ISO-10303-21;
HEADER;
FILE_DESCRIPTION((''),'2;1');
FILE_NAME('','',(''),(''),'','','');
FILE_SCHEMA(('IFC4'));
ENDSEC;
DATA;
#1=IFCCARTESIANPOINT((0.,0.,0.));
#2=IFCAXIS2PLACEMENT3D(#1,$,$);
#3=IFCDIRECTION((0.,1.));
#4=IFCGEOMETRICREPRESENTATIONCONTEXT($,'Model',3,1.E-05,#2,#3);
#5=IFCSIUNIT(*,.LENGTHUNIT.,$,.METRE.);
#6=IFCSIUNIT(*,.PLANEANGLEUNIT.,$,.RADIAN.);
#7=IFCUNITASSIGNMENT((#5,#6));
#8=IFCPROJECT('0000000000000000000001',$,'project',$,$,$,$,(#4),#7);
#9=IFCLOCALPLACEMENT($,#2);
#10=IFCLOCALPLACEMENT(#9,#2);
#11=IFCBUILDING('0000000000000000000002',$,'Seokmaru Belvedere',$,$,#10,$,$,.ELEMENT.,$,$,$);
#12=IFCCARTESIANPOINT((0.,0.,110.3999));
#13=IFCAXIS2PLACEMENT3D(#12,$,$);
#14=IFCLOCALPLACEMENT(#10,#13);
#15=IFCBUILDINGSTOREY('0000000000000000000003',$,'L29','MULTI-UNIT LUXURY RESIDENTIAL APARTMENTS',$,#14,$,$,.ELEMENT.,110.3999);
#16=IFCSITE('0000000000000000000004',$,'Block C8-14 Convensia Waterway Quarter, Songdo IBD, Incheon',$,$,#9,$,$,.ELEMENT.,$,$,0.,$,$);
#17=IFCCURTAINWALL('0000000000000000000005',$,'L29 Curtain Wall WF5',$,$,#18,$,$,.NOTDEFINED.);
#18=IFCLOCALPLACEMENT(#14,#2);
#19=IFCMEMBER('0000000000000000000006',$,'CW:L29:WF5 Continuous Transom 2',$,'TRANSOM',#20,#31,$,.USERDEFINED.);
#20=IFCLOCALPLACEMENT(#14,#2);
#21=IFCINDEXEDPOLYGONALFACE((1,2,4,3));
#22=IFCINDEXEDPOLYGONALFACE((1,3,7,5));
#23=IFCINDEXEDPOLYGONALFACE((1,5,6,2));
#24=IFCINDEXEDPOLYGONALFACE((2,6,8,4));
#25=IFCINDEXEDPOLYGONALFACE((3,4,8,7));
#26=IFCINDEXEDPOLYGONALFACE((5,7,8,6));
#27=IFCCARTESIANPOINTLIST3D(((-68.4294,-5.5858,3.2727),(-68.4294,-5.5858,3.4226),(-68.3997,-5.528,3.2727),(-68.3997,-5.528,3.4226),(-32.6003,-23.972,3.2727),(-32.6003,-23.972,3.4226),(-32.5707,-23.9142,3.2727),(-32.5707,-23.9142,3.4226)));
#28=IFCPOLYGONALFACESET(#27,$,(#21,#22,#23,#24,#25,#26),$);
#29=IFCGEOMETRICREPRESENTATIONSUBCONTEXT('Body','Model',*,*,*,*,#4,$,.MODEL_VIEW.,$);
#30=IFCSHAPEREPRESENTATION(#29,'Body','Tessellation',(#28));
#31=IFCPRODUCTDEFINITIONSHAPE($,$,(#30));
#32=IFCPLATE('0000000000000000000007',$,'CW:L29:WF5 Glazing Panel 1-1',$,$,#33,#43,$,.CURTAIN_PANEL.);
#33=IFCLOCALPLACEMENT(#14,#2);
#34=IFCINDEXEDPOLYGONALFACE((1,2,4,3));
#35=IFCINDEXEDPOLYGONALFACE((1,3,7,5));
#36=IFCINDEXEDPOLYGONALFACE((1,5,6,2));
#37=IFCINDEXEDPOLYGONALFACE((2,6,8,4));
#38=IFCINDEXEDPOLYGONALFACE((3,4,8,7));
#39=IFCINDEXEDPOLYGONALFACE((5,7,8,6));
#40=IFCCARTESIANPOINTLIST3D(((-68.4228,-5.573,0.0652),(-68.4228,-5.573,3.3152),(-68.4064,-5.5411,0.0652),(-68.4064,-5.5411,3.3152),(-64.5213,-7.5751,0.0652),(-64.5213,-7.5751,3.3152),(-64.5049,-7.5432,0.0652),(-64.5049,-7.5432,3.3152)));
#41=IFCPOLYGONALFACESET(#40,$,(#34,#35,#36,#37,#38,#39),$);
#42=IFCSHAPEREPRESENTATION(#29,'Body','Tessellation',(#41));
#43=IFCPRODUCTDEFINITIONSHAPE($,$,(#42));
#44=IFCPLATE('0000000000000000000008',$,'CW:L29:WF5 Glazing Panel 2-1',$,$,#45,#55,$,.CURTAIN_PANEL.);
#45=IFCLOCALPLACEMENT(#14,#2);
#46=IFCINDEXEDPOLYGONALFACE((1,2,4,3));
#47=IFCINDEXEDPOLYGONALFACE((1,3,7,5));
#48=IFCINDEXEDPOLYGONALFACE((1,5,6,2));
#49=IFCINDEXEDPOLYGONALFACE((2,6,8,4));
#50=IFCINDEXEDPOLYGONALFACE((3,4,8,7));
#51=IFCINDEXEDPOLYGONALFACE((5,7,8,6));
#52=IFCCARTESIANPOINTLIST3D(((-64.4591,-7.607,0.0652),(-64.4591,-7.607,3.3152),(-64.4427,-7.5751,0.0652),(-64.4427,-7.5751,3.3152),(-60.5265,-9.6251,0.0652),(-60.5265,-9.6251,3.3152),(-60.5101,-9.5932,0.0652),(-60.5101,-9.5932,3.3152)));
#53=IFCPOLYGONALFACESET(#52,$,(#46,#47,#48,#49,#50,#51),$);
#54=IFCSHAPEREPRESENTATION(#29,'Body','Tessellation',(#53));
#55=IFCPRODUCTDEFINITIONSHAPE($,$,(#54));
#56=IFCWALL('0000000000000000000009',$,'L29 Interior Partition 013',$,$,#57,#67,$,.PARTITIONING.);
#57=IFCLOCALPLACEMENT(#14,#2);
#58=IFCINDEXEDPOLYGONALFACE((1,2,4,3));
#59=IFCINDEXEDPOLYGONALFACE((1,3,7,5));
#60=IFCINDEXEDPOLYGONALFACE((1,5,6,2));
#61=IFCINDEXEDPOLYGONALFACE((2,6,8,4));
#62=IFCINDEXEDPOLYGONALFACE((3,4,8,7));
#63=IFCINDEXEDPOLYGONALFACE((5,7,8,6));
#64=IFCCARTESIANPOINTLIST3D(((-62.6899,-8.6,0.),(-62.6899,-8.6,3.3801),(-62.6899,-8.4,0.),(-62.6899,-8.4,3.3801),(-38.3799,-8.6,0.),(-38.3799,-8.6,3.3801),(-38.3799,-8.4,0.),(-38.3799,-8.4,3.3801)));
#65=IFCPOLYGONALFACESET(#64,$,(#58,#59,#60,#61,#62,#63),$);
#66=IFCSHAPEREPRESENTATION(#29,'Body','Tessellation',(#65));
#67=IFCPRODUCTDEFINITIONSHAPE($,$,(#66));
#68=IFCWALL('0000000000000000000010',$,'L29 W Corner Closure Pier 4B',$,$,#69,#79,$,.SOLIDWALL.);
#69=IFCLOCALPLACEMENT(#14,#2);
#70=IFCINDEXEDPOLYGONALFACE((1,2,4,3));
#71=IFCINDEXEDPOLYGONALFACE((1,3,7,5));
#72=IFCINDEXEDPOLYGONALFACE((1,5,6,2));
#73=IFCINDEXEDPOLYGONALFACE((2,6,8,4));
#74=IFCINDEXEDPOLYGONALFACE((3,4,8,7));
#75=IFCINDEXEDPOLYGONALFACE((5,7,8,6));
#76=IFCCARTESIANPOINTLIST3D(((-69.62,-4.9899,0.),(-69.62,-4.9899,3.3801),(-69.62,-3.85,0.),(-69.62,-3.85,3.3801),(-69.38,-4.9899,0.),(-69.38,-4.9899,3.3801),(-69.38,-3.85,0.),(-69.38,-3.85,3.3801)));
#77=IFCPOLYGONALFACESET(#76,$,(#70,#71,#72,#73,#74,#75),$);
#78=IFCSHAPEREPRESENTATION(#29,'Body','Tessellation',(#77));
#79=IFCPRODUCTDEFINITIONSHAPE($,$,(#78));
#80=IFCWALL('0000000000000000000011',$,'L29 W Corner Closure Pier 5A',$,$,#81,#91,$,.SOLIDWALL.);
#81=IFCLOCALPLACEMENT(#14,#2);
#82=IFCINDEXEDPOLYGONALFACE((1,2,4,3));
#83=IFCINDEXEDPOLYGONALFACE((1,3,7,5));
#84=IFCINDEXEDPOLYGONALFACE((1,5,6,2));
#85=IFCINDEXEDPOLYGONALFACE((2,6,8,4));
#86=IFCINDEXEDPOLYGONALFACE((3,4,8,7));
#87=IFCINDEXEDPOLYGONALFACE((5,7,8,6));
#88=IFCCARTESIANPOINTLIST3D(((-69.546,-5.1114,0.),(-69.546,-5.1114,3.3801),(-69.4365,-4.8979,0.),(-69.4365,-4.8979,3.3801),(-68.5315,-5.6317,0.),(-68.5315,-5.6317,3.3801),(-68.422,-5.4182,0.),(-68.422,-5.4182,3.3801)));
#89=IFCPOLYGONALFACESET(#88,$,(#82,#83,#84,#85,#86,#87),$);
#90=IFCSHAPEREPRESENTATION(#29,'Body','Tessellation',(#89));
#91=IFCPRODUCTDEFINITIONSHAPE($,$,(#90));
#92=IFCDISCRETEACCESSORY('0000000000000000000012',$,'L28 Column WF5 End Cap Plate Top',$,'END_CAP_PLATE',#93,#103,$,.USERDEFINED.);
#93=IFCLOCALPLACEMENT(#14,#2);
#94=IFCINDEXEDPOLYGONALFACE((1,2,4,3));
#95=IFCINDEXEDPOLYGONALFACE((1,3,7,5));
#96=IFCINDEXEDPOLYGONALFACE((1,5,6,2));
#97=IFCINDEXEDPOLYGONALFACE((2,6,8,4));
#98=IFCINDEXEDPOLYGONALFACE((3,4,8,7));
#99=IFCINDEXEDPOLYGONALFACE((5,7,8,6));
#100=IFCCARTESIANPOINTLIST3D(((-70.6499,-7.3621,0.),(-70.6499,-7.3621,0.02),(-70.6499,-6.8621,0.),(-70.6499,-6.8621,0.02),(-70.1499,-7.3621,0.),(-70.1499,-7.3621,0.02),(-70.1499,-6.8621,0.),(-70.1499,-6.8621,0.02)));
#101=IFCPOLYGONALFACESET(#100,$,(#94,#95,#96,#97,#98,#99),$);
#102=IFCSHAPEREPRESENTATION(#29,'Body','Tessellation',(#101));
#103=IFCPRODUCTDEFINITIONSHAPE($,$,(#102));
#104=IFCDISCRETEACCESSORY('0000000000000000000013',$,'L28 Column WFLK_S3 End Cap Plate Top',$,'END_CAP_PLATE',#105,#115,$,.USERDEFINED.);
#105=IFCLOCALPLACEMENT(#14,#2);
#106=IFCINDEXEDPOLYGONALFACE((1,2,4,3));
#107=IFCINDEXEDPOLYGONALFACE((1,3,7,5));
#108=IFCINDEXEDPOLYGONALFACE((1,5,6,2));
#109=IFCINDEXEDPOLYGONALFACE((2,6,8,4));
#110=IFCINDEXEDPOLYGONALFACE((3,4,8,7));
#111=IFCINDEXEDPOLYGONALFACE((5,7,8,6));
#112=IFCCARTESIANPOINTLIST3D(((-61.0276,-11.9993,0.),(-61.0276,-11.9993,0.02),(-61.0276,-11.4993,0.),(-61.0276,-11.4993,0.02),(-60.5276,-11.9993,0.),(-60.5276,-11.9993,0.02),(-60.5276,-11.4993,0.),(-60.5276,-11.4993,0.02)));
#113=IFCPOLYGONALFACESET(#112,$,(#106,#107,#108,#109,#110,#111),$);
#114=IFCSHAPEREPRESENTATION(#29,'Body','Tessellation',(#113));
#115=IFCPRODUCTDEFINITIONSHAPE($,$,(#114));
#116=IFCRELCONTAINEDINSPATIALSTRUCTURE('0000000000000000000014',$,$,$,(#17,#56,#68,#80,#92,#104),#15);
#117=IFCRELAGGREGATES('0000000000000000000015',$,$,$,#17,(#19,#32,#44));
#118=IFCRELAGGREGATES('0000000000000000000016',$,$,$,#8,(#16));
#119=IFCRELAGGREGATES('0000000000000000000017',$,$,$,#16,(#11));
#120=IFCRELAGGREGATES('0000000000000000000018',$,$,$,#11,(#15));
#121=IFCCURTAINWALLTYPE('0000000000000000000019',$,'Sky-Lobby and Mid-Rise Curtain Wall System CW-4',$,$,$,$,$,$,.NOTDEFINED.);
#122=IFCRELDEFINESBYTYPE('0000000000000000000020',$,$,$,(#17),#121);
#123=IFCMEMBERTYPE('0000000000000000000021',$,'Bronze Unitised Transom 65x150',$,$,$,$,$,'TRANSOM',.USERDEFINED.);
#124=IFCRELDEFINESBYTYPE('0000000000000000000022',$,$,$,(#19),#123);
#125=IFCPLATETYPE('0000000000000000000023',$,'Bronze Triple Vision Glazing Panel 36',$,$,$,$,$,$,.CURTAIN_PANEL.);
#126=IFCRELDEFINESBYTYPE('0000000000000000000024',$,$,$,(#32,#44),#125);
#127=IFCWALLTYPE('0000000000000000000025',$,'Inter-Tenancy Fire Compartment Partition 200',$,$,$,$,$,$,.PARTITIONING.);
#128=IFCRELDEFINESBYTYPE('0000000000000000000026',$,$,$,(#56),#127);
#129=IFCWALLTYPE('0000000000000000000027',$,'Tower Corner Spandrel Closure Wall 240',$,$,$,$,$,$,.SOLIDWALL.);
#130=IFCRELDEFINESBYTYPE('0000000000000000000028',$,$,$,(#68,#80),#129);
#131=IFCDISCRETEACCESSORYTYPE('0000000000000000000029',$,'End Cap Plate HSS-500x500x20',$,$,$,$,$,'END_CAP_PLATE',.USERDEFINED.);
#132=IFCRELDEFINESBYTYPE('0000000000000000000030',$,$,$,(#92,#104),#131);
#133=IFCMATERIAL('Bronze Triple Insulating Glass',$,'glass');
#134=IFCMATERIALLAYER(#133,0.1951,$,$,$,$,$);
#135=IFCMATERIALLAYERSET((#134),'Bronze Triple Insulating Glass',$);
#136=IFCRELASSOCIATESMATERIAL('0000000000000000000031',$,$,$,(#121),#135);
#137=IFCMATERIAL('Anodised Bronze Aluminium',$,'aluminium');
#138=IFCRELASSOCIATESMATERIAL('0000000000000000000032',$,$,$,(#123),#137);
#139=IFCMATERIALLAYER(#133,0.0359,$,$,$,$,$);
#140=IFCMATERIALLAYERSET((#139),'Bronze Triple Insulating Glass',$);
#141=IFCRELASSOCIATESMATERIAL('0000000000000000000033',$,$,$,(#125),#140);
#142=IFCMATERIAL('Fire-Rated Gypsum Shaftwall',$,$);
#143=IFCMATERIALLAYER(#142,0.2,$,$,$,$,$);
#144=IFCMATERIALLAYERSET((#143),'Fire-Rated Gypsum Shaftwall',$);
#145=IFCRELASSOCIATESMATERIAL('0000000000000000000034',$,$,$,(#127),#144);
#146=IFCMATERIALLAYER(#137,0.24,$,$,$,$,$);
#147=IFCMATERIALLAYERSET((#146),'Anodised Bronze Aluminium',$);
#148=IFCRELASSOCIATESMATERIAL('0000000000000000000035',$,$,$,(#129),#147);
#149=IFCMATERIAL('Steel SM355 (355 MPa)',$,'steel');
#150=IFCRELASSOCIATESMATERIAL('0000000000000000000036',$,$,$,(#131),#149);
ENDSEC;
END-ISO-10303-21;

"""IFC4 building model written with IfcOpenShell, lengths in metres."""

from ifc_helpers import new_model, si_unit, direction, frame, frame_2d, origin, origin_2d, place, context, subcontext, project, spatial, rectangle, extrude, source, transform, mapped, material, layer, layer_set, material_profile, profile_set, type_object, type_shapes, element, aggregate, save


model = new_model("IFC4")

# Units and contexts
model_context = context("Model", 3, precision=1e-05, world=origin(), true_north=direction((0.0, 1.0)))
body_context = subcontext(model_context, "Body", "Model", "MODEL_VIEW")
ifc_project = project(units=[si_unit("LENGTHUNIT", "METRE"), si_unit("PLANEANGLEUNIT", "RADIAN")], contexts=[model_context])

# Site, building, storey
site_placement = place(None, origin())
site = spatial("IfcSite", under=ifc_project, at=site_placement, Name="Block C8-14 Convensia Waterway Quarter, Songdo IBD, Incheon", CompositionType="ELEMENT", RefElevation=0.0)
building_placement = place(site_placement, origin())
building = spatial("IfcBuilding", under=site, at=building_placement, Name="Seokmaru Belvedere", CompositionType="ELEMENT")
storey_placement = place(building_placement, frame((0.0, 0.0, 110.3999)))
storey = spatial("IfcBuildingStorey", under=building, at=storey_placement, Name="L29", Description="MULTI-UNIT LUXURY RESIDENTIAL APARTMENTS", CompositionType="ELEMENT", Elevation=110.3999)

# Shared definitions
ifc_material_1 = material(Name="Steel SM355 (355 MPa)", Category="steel")

# Curtain wall, member, plates
ifc_material_2 = material(Name="Bronze Triple Insulating Glass", Category="glass")
ifc_layer_1 = layer(ifc_material_2, 0.1951)
ifc_layer_set_1 = layer_set([ifc_layer_1], Name="Bronze Triple Insulating Glass")
curtain_wall_type = type_object("IfcCurtainWallType", Name="Sky-Lobby and Mid-Rise Curtain Wall System CW-4", PredefinedType="NOTDEFINED", material=ifc_layer_set_1)
curtain_wall_placement = place(storey_placement, origin())
curtain_wall = element("IfcCurtainWall", 1, at=curtain_wall_placement, inside=storey, type_object=curtain_wall_type, Name="L29 Curtain Wall WF5", PredefinedType="NOTDEFINED")
ifc_material_3 = material(Name="Anodised Bronze Aluminium", Category="aluminium")
ifc_material_profile_1 = material_profile(ifc_material_3, rectangle(XDim=0.0649, YDim=0.1499, at=origin_2d()), Name="CW-T-65x150")
ifc_profile_set_1 = profile_set([ifc_material_profile_1], Name="Anodised Bronze Aluminium")
member_type_1 = type_object("IfcMemberType", Name="Bronze Unitised Transom 65x150", ElementType="TRANSOM", PredefinedType="USERDEFINED", material=ifc_profile_set_1)
shared_shape_1 = source(origin(), body_context, "Body", "SweptSolid", [
    extrude(rectangle(XDim=0.0649, YDim=0.1499, at=origin_2d()), origin(), (0.0, 0.0, 1.0), 40.2712),
])
type_shapes(member_type_1, [shared_shape_1])
member_1_placement = place(storey_placement, frame((-68.4146, -5.5569, 3.3477), z_axis=(0.889693, -0.456559, 0.0), x_axis=(0.456559, 0.889693, 0.0)))
member_1 = element("IfcMember", 2, at=member_1_placement, type_object=member_type_1, Name="CW:L29:WF5 Continuous Transom 2", ObjectType="TRANSOM", PredefinedType="USERDEFINED", context=body_context, shape_type="MappedRepresentation", body=[
    mapped(shared_shape_1, transform((0.0, 0.0, 0.0), scale=1.0)),
])
ifc_layer_2 = layer(ifc_material_2, 0.0359)
ifc_layer_set_2 = layer_set([ifc_layer_2], Name="Bronze Triple Insulating Glass")
plate_type = type_object("IfcPlateType", Name="Bronze Triple Vision Glazing Panel 36", PredefinedType="CURTAIN_PANEL", material=ifc_layer_set_2)
shared_shape_2 = source(origin(), body_context, "Body", "SweptSolid", [
    extrude(rectangle(XDim=4.3853, YDim=0.0359, at=origin_2d()), origin(), (0.0, 0.0, 1.0), 3.25),
])
plate_1_placement = place(storey_placement, frame((-66.4639, -6.5581, 0.0652), z_axis=(0.0, 0.0, 1.0), x_axis=(0.889695, -0.456555, 0.0)))
plate_1 = element("IfcPlate", 3, at=plate_1_placement, type_object=plate_type, Name="CW:L29:WF5 Glazing Panel 1-1", PredefinedType="CURTAIN_PANEL", context=body_context, shape_type="MappedRepresentation", body=[
    mapped(shared_shape_2, transform((0.0, 0.0, 0.0), scale=1.0)),
])
shared_shape_3 = source(origin(), body_context, "Body", "SweptSolid", [
    extrude(rectangle(XDim=4.4202, YDim=0.0359, at=origin_2d()), origin(), (0.0, 0.0, 1.0), 3.25),
])
type_shapes(plate_type, [shared_shape_2, shared_shape_3])
plate_2_placement = place(storey_placement, frame((-62.4846, -8.6001, 0.0652), z_axis=(0.0, 0.0, 1.0), x_axis=(0.889695, -0.456555, 0.0)))
plate_2 = element("IfcPlate", 4, at=plate_2_placement, type_object=plate_type, Name="CW:L29:WF5 Glazing Panel 2-1", PredefinedType="CURTAIN_PANEL", context=body_context, shape_type="MappedRepresentation", body=[
    mapped(shared_shape_3, transform((0.0, 0.0, 0.0), scale=1.0)),
])
aggregate(curtain_wall, [member_1, plate_1, plate_2])

# Walls
ifc_material_4 = material(Name="Fire-Rated Gypsum Shaftwall")
ifc_layer_3 = layer(ifc_material_4, 0.2)
ifc_layer_set_3 = layer_set([ifc_layer_3], Name="Fire-Rated Gypsum Shaftwall")
wall_type_1 = type_object("IfcWallType", Name="Inter-Tenancy Fire Compartment Partition 200", PredefinedType="PARTITIONING", material=ifc_layer_set_3)
wall_1_placement = place(storey_placement, frame((-62.6899, -8.5, 0.0), z_axis=(0.0, 0.0, 1.0), x_axis=(1.0, 0.0, 0.0)))
element("IfcWall", 5, at=wall_1_placement, inside=storey, type_object=wall_type_1, Name="L29 Interior Partition 013", PredefinedType="PARTITIONING", context=body_context, shape_type="SweptSolid", body=[
    extrude(rectangle(XDim=24.3101, YDim=0.2, at=frame_2d((12.155, 0.0))), origin(), (0.0, 0.0, 1.0), 3.3801),
])
ifc_layer_4 = layer(ifc_material_3, 0.24)
ifc_layer_set_4 = layer_set([ifc_layer_4], Name="Anodised Bronze Aluminium")
wall_type_2 = type_object("IfcWallType", Name="Tower Corner Spandrel Closure Wall 240", PredefinedType="SOLIDWALL", material=ifc_layer_set_4)
wall_2_placement = place(storey_placement, frame((-69.5, -3.8501, 0.0), z_axis=(0.0, 0.0, 1.0), x_axis=(0.0, -1.0, 0.0)))
element("IfcWall", 6, at=wall_2_placement, inside=storey, type_object=wall_type_2, Name="L29 W Corner Closure Pier 4B", PredefinedType="SOLIDWALL", context=body_context, shape_type="SweptSolid", body=[
    extrude(rectangle(XDim=1.1399, YDim=0.24, at=frame_2d((0.5698, 0.0))), origin(), (0.0, 0.0, 1.0), 3.3801),
])
wall_3_placement = place(storey_placement, frame((-69.4912, -5.0046, 0.0), z_axis=(0.0, 0.0, 1.0), x_axis=(0.889797, -0.456356, 0.0)))
element("IfcWall", 7, at=wall_3_placement, inside=storey, type_object=wall_type_2, Name="L29 W Corner Closure Pier 5A", PredefinedType="SOLIDWALL", context=body_context, shape_type="SweptSolid", body=[
    extrude(rectangle(XDim=1.1401, YDim=0.24, at=frame_2d((0.5701, 0.0))), origin(), (0.0, 0.0, 1.0), 3.3801),
])

# Discrete accessories
discrete_accessory_type = type_object("IfcDiscreteAccessoryType", Name="End Cap Plate HSS-500x500x20", ElementType="END_CAP_PLATE", PredefinedType="USERDEFINED", material=ifc_material_1)
shared_shape_4 = source(origin(), body_context, "Body", "SweptSolid", [
    extrude(rectangle(XDim=0.5, YDim=0.5, at=origin_2d()), origin(), (0.0, 0.0, 1.0), 0.02),
])
type_shapes(discrete_accessory_type, [shared_shape_4])
for number, where, z_axis, x_axis, name in (
    (8, (-70.3999, -7.1121, 0.0), (0.0, 0.0, 1.0), (1.0, 0.0, 0.0), "L28 Column WF5 End Cap Plate Top"),
    (9, (-60.7776, -11.7493, 0.0), (0.0, 0.0, 1.0), (1.0, 0.0, 0.0), "L28 Column WFLK_S3 End Cap Plate Top"),
):
    element("IfcDiscreteAccessory", number, at=place(storey_placement, frame(where, z_axis=z_axis, x_axis=x_axis)), inside=storey, type_object=discrete_accessory_type, Name=name, ObjectType="END_CAP_PLATE", PredefinedType="USERDEFINED", context=body_context, shape_type="MappedRepresentation", body=[
        mapped(shared_shape_4, transform((0.0, 0.0, 0.0), scale=1.0)),
    ])

save(model, "model.ifc")
